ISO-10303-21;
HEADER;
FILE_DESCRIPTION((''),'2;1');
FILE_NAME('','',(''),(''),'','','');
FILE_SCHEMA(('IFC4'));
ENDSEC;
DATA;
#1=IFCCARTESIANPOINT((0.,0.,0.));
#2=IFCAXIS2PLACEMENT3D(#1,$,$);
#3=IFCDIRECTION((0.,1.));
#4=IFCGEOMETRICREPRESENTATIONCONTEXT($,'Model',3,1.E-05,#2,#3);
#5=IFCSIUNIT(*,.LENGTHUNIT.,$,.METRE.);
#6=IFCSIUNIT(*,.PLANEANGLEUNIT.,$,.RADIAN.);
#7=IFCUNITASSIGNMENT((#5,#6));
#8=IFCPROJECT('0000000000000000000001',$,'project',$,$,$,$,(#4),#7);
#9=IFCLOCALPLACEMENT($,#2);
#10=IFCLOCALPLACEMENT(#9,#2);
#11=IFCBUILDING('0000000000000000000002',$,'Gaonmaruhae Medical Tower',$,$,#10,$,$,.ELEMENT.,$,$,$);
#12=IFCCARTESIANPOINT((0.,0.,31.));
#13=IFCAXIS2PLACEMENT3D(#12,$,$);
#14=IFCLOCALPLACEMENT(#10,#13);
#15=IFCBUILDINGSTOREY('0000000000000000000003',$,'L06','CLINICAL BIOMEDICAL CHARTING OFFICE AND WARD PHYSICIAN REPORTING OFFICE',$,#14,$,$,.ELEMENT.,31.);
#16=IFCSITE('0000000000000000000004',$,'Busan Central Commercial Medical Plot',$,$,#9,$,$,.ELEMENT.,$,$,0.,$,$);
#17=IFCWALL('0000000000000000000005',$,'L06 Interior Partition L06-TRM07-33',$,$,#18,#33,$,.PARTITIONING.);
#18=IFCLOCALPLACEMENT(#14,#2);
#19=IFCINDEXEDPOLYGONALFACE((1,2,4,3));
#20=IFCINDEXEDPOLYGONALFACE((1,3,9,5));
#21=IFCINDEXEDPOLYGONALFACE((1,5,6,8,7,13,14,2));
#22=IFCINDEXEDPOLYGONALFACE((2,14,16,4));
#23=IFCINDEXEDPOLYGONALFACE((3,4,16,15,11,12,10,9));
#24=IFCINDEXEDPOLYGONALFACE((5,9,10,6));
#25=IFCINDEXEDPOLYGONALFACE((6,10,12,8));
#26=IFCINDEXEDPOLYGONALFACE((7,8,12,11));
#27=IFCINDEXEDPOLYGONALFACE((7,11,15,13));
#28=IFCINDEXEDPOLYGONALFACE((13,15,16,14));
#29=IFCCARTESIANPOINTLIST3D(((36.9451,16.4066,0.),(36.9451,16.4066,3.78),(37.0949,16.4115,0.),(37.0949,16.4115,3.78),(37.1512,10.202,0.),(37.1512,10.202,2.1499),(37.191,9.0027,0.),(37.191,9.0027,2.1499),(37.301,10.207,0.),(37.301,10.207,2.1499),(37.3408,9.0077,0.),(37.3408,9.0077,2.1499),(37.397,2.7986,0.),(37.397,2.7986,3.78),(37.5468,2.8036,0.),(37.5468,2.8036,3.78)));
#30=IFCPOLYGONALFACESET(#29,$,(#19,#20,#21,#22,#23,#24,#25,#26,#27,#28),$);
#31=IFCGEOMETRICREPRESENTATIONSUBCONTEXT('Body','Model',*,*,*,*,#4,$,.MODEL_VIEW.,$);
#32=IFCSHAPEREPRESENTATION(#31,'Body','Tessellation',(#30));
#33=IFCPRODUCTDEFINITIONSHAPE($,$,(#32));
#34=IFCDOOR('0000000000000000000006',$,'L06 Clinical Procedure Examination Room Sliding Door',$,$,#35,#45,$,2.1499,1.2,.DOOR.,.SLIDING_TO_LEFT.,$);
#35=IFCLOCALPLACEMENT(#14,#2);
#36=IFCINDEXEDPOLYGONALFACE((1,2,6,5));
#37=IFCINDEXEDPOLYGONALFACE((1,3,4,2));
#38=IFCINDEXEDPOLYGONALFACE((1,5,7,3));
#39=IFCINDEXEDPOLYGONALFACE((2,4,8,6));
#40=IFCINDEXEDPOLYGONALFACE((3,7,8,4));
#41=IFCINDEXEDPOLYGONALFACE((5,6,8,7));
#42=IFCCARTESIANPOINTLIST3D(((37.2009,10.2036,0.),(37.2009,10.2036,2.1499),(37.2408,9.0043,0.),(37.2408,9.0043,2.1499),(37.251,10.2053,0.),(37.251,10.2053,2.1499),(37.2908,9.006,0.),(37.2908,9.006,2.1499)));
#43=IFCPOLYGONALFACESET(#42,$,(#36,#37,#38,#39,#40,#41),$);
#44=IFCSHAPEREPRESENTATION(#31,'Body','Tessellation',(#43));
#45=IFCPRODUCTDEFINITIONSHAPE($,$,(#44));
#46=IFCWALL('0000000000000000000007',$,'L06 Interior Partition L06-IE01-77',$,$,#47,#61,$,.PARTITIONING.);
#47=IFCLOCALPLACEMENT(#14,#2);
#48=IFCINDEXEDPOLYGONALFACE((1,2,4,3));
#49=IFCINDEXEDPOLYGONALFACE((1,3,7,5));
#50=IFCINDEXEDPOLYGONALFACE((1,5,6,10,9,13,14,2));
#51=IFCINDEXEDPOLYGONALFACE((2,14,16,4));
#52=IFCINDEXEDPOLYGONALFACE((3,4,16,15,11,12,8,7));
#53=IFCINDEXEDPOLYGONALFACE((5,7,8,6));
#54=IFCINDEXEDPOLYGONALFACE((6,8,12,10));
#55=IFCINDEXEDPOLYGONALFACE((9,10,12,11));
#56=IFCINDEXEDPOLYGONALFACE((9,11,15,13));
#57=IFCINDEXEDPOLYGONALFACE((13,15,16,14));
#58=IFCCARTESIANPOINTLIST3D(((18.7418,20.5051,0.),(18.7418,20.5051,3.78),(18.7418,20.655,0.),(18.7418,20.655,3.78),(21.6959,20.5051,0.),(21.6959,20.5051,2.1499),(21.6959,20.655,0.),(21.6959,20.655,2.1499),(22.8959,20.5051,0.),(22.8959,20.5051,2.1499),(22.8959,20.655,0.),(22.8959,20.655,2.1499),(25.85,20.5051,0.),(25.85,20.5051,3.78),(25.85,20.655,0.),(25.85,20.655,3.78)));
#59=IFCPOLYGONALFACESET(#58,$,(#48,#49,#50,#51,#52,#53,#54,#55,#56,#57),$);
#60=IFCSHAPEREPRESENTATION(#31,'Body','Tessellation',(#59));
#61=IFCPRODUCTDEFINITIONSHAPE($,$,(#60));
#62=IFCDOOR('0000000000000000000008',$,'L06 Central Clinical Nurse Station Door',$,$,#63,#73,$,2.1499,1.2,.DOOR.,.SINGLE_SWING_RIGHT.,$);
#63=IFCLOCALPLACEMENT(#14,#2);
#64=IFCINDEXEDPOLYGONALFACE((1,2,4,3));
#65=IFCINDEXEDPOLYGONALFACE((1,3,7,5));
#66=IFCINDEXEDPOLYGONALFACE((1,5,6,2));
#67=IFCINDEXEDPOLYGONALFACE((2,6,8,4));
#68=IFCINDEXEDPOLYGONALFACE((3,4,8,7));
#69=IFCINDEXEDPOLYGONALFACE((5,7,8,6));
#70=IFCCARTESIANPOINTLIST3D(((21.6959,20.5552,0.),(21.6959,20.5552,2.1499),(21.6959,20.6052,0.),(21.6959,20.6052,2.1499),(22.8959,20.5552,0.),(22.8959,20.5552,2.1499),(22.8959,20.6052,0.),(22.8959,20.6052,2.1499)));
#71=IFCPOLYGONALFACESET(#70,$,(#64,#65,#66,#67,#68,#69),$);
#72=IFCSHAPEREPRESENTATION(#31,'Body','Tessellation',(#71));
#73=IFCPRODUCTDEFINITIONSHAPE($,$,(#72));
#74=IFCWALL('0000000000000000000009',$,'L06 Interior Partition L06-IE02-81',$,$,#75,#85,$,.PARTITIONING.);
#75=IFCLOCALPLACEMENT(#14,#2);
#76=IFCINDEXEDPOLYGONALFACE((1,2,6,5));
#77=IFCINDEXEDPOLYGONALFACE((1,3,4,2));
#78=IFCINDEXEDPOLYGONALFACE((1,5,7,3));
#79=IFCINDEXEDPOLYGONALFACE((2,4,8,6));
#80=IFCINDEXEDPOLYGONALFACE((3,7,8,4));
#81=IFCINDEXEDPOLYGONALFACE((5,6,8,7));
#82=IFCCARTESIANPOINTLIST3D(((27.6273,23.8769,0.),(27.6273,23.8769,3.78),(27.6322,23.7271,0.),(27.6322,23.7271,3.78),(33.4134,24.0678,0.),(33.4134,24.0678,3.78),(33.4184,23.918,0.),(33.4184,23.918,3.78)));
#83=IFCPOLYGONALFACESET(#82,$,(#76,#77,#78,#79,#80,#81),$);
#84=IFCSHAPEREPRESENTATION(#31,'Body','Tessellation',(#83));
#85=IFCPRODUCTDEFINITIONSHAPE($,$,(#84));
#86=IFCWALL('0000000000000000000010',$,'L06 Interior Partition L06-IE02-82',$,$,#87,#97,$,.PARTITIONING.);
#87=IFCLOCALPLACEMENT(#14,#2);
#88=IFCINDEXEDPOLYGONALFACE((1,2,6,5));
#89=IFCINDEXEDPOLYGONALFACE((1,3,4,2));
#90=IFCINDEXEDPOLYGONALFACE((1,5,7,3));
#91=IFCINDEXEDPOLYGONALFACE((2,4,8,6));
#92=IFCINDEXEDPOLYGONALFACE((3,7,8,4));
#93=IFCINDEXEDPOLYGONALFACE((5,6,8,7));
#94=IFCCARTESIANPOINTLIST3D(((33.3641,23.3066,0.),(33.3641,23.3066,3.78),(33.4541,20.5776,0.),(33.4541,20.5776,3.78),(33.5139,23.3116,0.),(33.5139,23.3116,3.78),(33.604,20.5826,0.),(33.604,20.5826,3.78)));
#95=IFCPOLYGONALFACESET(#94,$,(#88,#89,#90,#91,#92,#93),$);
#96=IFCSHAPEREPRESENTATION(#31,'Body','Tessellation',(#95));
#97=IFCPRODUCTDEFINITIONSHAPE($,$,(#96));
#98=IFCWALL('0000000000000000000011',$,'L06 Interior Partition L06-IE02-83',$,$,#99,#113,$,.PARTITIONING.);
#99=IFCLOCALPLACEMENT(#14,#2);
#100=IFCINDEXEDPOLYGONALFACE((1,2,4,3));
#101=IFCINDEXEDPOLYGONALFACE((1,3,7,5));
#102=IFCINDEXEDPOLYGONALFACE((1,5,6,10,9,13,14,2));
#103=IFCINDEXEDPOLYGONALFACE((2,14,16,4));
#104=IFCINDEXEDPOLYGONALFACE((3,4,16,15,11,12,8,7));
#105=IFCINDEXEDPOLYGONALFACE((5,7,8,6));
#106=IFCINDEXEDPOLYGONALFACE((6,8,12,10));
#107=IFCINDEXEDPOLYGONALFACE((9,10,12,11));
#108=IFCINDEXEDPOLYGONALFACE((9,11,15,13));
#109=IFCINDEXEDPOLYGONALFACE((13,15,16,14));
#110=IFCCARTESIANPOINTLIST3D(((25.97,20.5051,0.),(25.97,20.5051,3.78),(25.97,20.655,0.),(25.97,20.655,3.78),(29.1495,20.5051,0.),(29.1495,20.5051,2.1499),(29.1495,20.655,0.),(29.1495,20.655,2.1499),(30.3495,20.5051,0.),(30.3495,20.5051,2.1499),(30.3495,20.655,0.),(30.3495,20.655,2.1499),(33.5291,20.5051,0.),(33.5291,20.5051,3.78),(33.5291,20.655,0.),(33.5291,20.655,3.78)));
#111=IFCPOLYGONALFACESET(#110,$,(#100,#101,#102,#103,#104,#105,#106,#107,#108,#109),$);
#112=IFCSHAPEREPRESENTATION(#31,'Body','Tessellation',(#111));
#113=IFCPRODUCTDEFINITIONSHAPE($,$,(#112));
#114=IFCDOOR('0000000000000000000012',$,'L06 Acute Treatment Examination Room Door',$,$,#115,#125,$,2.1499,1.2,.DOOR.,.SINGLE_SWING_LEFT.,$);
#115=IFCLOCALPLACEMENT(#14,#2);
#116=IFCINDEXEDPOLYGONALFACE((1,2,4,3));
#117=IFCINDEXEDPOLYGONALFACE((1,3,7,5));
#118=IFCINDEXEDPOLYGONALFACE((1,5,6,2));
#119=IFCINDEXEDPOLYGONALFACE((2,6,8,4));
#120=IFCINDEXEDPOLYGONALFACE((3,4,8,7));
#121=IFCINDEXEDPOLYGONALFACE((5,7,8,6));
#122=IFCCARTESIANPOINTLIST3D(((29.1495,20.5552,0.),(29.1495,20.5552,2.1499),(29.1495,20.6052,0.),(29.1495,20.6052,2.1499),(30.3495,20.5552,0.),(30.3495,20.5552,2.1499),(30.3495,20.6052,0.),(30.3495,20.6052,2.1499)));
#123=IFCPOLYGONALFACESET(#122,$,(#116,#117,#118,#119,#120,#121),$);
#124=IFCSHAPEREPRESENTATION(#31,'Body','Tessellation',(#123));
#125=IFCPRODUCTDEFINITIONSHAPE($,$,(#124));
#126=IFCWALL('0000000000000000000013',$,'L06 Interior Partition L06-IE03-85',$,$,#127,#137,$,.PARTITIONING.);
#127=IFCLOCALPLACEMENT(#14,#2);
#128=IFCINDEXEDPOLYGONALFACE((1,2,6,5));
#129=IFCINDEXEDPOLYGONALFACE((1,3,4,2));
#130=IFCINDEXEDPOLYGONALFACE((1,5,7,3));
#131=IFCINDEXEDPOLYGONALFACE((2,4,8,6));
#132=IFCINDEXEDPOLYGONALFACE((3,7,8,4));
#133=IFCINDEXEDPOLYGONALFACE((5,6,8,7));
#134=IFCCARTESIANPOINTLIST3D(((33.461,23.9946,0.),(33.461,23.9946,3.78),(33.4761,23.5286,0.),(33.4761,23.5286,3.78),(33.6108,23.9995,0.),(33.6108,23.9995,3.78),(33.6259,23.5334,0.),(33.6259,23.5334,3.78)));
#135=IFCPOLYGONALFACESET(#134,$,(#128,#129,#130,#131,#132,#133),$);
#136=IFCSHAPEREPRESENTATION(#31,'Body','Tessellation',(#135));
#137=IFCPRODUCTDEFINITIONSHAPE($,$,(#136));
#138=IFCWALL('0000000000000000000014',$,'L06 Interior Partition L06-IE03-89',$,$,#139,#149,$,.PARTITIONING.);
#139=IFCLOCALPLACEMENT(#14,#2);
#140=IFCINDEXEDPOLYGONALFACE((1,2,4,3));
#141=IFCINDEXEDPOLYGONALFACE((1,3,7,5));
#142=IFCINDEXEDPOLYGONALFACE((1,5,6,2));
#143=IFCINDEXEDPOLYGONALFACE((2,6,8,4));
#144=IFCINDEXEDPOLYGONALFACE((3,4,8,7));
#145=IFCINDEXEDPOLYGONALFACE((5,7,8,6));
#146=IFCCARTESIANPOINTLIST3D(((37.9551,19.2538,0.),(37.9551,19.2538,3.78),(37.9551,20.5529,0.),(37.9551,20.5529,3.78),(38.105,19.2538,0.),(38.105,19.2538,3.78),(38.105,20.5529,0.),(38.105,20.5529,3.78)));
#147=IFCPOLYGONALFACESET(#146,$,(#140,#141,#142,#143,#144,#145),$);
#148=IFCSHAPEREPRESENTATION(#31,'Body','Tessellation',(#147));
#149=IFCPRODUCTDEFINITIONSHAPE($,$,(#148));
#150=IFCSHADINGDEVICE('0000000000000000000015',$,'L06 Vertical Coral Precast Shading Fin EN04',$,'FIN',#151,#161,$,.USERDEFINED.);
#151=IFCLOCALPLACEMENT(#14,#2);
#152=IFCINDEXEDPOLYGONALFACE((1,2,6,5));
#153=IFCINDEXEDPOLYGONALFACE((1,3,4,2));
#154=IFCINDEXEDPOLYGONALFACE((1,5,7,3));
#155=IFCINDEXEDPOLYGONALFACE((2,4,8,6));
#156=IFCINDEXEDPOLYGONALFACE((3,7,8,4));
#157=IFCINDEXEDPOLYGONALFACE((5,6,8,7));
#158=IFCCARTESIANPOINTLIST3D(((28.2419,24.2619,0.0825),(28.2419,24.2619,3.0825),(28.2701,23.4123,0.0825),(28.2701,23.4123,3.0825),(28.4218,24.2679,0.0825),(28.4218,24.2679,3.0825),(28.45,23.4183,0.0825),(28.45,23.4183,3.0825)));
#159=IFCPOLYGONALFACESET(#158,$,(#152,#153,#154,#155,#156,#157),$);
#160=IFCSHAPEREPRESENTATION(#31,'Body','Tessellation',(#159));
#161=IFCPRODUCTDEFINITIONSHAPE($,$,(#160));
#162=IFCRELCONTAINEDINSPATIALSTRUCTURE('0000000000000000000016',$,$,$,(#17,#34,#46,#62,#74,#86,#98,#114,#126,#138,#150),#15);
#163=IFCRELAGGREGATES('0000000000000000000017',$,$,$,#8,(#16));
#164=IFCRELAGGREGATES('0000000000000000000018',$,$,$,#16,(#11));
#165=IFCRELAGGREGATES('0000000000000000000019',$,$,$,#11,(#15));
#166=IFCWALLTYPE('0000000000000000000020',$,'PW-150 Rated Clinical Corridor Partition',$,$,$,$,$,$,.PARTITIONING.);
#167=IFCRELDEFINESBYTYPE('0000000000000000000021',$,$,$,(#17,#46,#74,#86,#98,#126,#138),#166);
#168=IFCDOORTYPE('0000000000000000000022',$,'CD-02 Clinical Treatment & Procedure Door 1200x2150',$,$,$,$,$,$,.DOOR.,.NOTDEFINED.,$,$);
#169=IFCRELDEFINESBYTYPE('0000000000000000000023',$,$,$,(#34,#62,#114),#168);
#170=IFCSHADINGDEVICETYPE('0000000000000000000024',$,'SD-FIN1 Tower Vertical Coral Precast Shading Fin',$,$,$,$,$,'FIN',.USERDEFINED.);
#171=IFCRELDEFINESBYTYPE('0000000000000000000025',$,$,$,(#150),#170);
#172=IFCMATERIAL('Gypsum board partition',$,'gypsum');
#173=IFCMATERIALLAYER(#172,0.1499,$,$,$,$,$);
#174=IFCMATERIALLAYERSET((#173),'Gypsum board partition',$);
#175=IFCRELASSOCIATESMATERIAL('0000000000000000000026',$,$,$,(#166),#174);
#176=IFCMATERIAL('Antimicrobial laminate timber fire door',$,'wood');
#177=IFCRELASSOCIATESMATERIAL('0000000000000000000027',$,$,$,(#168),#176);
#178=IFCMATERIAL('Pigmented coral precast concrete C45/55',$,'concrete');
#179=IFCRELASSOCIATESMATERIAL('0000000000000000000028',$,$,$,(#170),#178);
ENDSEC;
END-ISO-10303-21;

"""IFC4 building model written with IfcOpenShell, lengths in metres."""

from ifc_helpers import new_model, si_unit, direction, frame, frame_2d, origin, origin_2d, place, context, subcontext, project, spatial, rectangle, extrude, material, layer, layer_set, type_object, element, fill, save


model = new_model("IFC4")

# Units and contexts
model_context = context("Model", 3, precision=1e-05, world=origin(), true_north=direction((0.0, 1.0)))
body_context = subcontext(model_context, "Body", "Model", "MODEL_VIEW")
ifc_project = project(units=[si_unit("LENGTHUNIT", "METRE"), si_unit("PLANEANGLEUNIT", "RADIAN")], contexts=[model_context])

# Site, building, storey
site_placement = place(None, origin())
site = spatial("IfcSite", under=ifc_project, at=site_placement, Name="Busan Central Commercial Medical Plot", CompositionType="ELEMENT", RefElevation=0.0)
building_placement = place(site_placement, origin())
building = spatial("IfcBuilding", under=site, at=building_placement, Name="Gaonmaruhae Medical Tower", CompositionType="ELEMENT")
storey_placement = place(building_placement, frame((0.0, 0.0, 31.0)))
storey = spatial("IfcBuildingStorey", under=building, at=storey_placement, Name="L06", Description="CLINICAL BIOMEDICAL CHARTING OFFICE AND WARD PHYSICIAN REPORTING OFFICE", CompositionType="ELEMENT", Elevation=31.0)

# Walls, openings, doors
ifc_material_1 = material(Name="Gypsum board partition", Category="gypsum")
ifc_layer_1 = layer(ifc_material_1, 0.1499)
ifc_layer_set_1 = layer_set([ifc_layer_1], Name="Gypsum board partition")
wall_type_1 = type_object("IfcWallType", Name="PW-150 Rated Clinical Corridor Partition", PredefinedType="PARTITIONING", material=ifc_layer_set_1)
wall_1_placement = place(storey_placement, frame((37.02, 16.4089, 0.0), z_axis=(0.0, 0.0, 1.0), x_axis=(0.033191, -0.999449, 0.0)))
wall_1 = element("IfcWall", 1, at=wall_1_placement, inside=storey, type_object=wall_type_1, Name="L06 Interior Partition L06-TRM07-33", PredefinedType="PARTITIONING", context=body_context, shape_type="SweptSolid", body=[
    extrude(rectangle(XDim=13.6155, YDim=0.1499, at=frame_2d((6.8076, 0.0))), origin(), (0.0, 0.0, 1.0), 3.78),
])
opening_1_placement = place(wall_1_placement, frame((6.2078, 0.0, 0.0)))
opening_1 = element("IfcOpeningElement", 2, at=opening_1_placement, cuts=wall_1, PredefinedType="OPENING", context=body_context, shape_type="SweptSolid", body=[
    extrude(rectangle(XDim=1.2, YDim=2.1499, at=frame_2d((0.6001, 1.075))), frame((0.0, 0.085, 0.0), z_axis=(0.0, -1.0, 0.0), x_axis=(1.0, 0.0, 0.0)), (0.0, 0.0, 1.0), 0.1699),
])
ifc_material_2 = material(Name="Antimicrobial laminate timber fire door", Category="wood")
door_type = type_object("IfcDoorType", Name="CD-02 Clinical Treatment & Procedure Door 1200x2150", OperationType="NOTDEFINED", PredefinedType="DOOR", material=ifc_material_2)
door_1_placement = place(opening_1_placement, origin())
door_1 = element("IfcDoor", 3, at=door_1_placement, inside=storey, type_object=door_type, Name="L06 Clinical Procedure Examination Room Sliding Door", OperationType="SLIDING_TO_LEFT", OverallHeight=2.1499, OverallWidth=1.2, PredefinedType="DOOR", context=body_context, shape_type="SweptSolid", body=[
    extrude(rectangle(XDim=1.2, YDim=2.1499, at=frame_2d((0.6001, 1.075))), frame((0.0, 0.0249, 0.0), z_axis=(0.0, -1.0, 0.0), x_axis=(1.0, 0.0, 0.0)), (0.0, 0.0, 1.0), 0.05),
])
fill(opening_1, door_1)
wall_2_placement = place(storey_placement, frame((25.8501, 20.5801, 0.0), z_axis=(0.0, 0.0, 1.0), x_axis=(-1.0, 0.0, 0.0)))
wall_2 = element("IfcWall", 4, at=wall_2_placement, inside=storey, type_object=wall_type_1, Name="L06 Interior Partition L06-IE01-77", PredefinedType="PARTITIONING", context=body_context, shape_type="SweptSolid", body=[
    extrude(rectangle(XDim=7.1082, YDim=0.1499, at=frame_2d((3.5542, 0.0))), origin(), (0.0, 0.0, 1.0), 3.78),
])
opening_2_placement = place(wall_2_placement, frame((2.9541, 0.0, 0.0)))
opening_2 = element("IfcOpeningElement", 5, at=opening_2_placement, cuts=wall_2, PredefinedType="OPENING", context=body_context, shape_type="SweptSolid", body=[
    extrude(rectangle(XDim=1.2, YDim=2.1499, at=frame_2d((0.6001, 1.075))), frame((0.0, 0.085, 0.0), z_axis=(0.0, -1.0, 0.0), x_axis=(1.0, 0.0, 0.0)), (0.0, 0.0, 1.0), 0.1699),
])
door_2_placement = place(opening_2_placement, origin())
door_2 = element("IfcDoor", 6, at=door_2_placement, inside=storey, type_object=door_type, Name="L06 Central Clinical Nurse Station Door", OperationType="SINGLE_SWING_RIGHT", OverallHeight=2.1499, OverallWidth=1.2, PredefinedType="DOOR", context=body_context, shape_type="SweptSolid", body=[
    extrude(rectangle(XDim=1.2, YDim=2.1499, at=frame_2d((0.6001, 1.075))), frame((0.0, 0.0249, 0.0), z_axis=(0.0, -1.0, 0.0), x_axis=(1.0, 0.0, 0.0)), (0.0, 0.0, 1.0), 0.05),
])
fill(opening_2, door_2)

# Walls
wall_3_placement = place(storey_placement, frame((27.6299, 23.802, 0.0), z_axis=(0.0, 0.0, 1.0), x_axis=(0.999456, 0.032978, 0.0)))
element("IfcWall", 7, at=wall_3_placement, inside=storey, type_object=wall_type_1, Name="L06 Interior Partition L06-IE02-81", PredefinedType="PARTITIONING", context=body_context, shape_type="SweptSolid", body=[
    extrude(rectangle(XDim=5.7893, YDim=0.1499, at=frame_2d((2.8945, 0.0))), origin(), (0.0, 0.0, 1.0), 3.78),
])
wall_4_placement = place(storey_placement, frame((33.439, 23.3091, 0.0), z_axis=(0.0, 0.0, 1.0), x_axis=(0.032993, -0.999456, 0.0)))
element("IfcWall", 8, at=wall_4_placement, inside=storey, type_object=wall_type_1, Name="L06 Interior Partition L06-IE02-82", PredefinedType="PARTITIONING", context=body_context, shape_type="SweptSolid", body=[
    extrude(rectangle(XDim=2.7305, YDim=0.1499, at=frame_2d((1.3652, 0.0))), origin(), (0.0, 0.0, 1.0), 3.78),
])

# Wall, opening, door
wall_5_placement = place(storey_placement, frame((33.5291, 20.5801, 0.0), z_axis=(0.0, 0.0, 1.0), x_axis=(-1.0, 0.0, 0.0)))
wall_5 = element("IfcWall", 9, at=wall_5_placement, inside=storey, type_object=wall_type_1, Name="L06 Interior Partition L06-IE02-83", PredefinedType="PARTITIONING", context=body_context, shape_type="SweptSolid", body=[
    extrude(rectangle(XDim=7.5591, YDim=0.1499, at=frame_2d((3.7795, 0.0))), origin(), (0.0, 0.0, 1.0), 3.78),
])
opening_3_placement = place(wall_5_placement, frame((3.1794, 0.0, 0.0)))
opening_3 = element("IfcOpeningElement", 10, at=opening_3_placement, cuts=wall_5, PredefinedType="OPENING", context=body_context, shape_type="SweptSolid", body=[
    extrude(rectangle(XDim=1.2, YDim=2.1499, at=frame_2d((0.6001, 1.075))), frame((0.0, 0.085, 0.0), z_axis=(0.0, -1.0, 0.0), x_axis=(1.0, 0.0, 0.0)), (0.0, 0.0, 1.0), 0.1699),
])
door_3_placement = place(opening_3_placement, origin())
door_3 = element("IfcDoor", 11, at=door_3_placement, inside=storey, type_object=door_type, Name="L06 Acute Treatment Examination Room Door", OperationType="SINGLE_SWING_LEFT", OverallHeight=2.1499, OverallWidth=1.2, PredefinedType="DOOR", context=body_context, shape_type="SweptSolid", body=[
    extrude(rectangle(XDim=1.2, YDim=2.1499, at=frame_2d((0.6001, 1.075))), frame((0.0, 0.0249, 0.0), z_axis=(0.0, -1.0, 0.0), x_axis=(1.0, 0.0, 0.0)), (0.0, 0.0, 1.0), 0.05),
])
fill(opening_3, door_3)

# Walls
wall_6_placement = place(storey_placement, frame((33.551, 23.531, 0.0), z_axis=(0.0, 0.0, 1.0), x_axis=(-0.032461, 0.999473, 0.0)))
element("IfcWall", 12, at=wall_6_placement, inside=storey, type_object=wall_type_1, Name="L06 Interior Partition L06-IE03-85", PredefinedType="PARTITIONING", context=body_context, shape_type="SweptSolid", body=[
    extrude(rectangle(XDim=0.4663, YDim=0.1499, at=frame_2d((0.2332, 0.0))), origin(), (0.0, 0.0, 1.0), 3.78),
])
wall_7_placement = place(storey_placement, frame((38.03, 19.2539, 0.0), z_axis=(0.0, 0.0, 1.0), x_axis=(0.0, 1.0, 0.0)))
element("IfcWall", 13, at=wall_7_placement, inside=storey, type_object=wall_type_1, Name="L06 Interior Partition L06-IE03-89", PredefinedType="PARTITIONING", context=body_context, shape_type="SweptSolid", body=[
    extrude(rectangle(XDim=1.2991, YDim=0.1499, at=frame_2d((0.6494, 0.0))), origin(), (0.0, 0.0, 1.0), 3.78),
])

# Shading device
ifc_material_3 = material(Name="Pigmented coral precast concrete C45/55", Category="concrete")
shading_device_type = type_object("IfcShadingDeviceType", Name="SD-FIN1 Tower Vertical Coral Precast Shading Fin", ElementType="FIN", PredefinedType="USERDEFINED", material=ifc_material_3)
shading_device_placement = place(storey_placement, frame((28.3459, 23.8401, 0.0825), z_axis=(0.0, 0.0, 1.0), x_axis=(0.99945, 0.033155, 0.0)))
element("IfcShadingDevice", 14, at=shading_device_placement, inside=storey, type_object=shading_device_type, Name="L06 Vertical Coral Precast Shading Fin EN04", ObjectType="FIN", PredefinedType="USERDEFINED", context=body_context, shape_type="SweptSolid", body=[
    extrude(rectangle(XDim=0.1799, YDim=0.8501, at=origin_2d()), origin(), (0.0, 0.0, 1.0), 3.0),
])

save(model, "model.ifc")
